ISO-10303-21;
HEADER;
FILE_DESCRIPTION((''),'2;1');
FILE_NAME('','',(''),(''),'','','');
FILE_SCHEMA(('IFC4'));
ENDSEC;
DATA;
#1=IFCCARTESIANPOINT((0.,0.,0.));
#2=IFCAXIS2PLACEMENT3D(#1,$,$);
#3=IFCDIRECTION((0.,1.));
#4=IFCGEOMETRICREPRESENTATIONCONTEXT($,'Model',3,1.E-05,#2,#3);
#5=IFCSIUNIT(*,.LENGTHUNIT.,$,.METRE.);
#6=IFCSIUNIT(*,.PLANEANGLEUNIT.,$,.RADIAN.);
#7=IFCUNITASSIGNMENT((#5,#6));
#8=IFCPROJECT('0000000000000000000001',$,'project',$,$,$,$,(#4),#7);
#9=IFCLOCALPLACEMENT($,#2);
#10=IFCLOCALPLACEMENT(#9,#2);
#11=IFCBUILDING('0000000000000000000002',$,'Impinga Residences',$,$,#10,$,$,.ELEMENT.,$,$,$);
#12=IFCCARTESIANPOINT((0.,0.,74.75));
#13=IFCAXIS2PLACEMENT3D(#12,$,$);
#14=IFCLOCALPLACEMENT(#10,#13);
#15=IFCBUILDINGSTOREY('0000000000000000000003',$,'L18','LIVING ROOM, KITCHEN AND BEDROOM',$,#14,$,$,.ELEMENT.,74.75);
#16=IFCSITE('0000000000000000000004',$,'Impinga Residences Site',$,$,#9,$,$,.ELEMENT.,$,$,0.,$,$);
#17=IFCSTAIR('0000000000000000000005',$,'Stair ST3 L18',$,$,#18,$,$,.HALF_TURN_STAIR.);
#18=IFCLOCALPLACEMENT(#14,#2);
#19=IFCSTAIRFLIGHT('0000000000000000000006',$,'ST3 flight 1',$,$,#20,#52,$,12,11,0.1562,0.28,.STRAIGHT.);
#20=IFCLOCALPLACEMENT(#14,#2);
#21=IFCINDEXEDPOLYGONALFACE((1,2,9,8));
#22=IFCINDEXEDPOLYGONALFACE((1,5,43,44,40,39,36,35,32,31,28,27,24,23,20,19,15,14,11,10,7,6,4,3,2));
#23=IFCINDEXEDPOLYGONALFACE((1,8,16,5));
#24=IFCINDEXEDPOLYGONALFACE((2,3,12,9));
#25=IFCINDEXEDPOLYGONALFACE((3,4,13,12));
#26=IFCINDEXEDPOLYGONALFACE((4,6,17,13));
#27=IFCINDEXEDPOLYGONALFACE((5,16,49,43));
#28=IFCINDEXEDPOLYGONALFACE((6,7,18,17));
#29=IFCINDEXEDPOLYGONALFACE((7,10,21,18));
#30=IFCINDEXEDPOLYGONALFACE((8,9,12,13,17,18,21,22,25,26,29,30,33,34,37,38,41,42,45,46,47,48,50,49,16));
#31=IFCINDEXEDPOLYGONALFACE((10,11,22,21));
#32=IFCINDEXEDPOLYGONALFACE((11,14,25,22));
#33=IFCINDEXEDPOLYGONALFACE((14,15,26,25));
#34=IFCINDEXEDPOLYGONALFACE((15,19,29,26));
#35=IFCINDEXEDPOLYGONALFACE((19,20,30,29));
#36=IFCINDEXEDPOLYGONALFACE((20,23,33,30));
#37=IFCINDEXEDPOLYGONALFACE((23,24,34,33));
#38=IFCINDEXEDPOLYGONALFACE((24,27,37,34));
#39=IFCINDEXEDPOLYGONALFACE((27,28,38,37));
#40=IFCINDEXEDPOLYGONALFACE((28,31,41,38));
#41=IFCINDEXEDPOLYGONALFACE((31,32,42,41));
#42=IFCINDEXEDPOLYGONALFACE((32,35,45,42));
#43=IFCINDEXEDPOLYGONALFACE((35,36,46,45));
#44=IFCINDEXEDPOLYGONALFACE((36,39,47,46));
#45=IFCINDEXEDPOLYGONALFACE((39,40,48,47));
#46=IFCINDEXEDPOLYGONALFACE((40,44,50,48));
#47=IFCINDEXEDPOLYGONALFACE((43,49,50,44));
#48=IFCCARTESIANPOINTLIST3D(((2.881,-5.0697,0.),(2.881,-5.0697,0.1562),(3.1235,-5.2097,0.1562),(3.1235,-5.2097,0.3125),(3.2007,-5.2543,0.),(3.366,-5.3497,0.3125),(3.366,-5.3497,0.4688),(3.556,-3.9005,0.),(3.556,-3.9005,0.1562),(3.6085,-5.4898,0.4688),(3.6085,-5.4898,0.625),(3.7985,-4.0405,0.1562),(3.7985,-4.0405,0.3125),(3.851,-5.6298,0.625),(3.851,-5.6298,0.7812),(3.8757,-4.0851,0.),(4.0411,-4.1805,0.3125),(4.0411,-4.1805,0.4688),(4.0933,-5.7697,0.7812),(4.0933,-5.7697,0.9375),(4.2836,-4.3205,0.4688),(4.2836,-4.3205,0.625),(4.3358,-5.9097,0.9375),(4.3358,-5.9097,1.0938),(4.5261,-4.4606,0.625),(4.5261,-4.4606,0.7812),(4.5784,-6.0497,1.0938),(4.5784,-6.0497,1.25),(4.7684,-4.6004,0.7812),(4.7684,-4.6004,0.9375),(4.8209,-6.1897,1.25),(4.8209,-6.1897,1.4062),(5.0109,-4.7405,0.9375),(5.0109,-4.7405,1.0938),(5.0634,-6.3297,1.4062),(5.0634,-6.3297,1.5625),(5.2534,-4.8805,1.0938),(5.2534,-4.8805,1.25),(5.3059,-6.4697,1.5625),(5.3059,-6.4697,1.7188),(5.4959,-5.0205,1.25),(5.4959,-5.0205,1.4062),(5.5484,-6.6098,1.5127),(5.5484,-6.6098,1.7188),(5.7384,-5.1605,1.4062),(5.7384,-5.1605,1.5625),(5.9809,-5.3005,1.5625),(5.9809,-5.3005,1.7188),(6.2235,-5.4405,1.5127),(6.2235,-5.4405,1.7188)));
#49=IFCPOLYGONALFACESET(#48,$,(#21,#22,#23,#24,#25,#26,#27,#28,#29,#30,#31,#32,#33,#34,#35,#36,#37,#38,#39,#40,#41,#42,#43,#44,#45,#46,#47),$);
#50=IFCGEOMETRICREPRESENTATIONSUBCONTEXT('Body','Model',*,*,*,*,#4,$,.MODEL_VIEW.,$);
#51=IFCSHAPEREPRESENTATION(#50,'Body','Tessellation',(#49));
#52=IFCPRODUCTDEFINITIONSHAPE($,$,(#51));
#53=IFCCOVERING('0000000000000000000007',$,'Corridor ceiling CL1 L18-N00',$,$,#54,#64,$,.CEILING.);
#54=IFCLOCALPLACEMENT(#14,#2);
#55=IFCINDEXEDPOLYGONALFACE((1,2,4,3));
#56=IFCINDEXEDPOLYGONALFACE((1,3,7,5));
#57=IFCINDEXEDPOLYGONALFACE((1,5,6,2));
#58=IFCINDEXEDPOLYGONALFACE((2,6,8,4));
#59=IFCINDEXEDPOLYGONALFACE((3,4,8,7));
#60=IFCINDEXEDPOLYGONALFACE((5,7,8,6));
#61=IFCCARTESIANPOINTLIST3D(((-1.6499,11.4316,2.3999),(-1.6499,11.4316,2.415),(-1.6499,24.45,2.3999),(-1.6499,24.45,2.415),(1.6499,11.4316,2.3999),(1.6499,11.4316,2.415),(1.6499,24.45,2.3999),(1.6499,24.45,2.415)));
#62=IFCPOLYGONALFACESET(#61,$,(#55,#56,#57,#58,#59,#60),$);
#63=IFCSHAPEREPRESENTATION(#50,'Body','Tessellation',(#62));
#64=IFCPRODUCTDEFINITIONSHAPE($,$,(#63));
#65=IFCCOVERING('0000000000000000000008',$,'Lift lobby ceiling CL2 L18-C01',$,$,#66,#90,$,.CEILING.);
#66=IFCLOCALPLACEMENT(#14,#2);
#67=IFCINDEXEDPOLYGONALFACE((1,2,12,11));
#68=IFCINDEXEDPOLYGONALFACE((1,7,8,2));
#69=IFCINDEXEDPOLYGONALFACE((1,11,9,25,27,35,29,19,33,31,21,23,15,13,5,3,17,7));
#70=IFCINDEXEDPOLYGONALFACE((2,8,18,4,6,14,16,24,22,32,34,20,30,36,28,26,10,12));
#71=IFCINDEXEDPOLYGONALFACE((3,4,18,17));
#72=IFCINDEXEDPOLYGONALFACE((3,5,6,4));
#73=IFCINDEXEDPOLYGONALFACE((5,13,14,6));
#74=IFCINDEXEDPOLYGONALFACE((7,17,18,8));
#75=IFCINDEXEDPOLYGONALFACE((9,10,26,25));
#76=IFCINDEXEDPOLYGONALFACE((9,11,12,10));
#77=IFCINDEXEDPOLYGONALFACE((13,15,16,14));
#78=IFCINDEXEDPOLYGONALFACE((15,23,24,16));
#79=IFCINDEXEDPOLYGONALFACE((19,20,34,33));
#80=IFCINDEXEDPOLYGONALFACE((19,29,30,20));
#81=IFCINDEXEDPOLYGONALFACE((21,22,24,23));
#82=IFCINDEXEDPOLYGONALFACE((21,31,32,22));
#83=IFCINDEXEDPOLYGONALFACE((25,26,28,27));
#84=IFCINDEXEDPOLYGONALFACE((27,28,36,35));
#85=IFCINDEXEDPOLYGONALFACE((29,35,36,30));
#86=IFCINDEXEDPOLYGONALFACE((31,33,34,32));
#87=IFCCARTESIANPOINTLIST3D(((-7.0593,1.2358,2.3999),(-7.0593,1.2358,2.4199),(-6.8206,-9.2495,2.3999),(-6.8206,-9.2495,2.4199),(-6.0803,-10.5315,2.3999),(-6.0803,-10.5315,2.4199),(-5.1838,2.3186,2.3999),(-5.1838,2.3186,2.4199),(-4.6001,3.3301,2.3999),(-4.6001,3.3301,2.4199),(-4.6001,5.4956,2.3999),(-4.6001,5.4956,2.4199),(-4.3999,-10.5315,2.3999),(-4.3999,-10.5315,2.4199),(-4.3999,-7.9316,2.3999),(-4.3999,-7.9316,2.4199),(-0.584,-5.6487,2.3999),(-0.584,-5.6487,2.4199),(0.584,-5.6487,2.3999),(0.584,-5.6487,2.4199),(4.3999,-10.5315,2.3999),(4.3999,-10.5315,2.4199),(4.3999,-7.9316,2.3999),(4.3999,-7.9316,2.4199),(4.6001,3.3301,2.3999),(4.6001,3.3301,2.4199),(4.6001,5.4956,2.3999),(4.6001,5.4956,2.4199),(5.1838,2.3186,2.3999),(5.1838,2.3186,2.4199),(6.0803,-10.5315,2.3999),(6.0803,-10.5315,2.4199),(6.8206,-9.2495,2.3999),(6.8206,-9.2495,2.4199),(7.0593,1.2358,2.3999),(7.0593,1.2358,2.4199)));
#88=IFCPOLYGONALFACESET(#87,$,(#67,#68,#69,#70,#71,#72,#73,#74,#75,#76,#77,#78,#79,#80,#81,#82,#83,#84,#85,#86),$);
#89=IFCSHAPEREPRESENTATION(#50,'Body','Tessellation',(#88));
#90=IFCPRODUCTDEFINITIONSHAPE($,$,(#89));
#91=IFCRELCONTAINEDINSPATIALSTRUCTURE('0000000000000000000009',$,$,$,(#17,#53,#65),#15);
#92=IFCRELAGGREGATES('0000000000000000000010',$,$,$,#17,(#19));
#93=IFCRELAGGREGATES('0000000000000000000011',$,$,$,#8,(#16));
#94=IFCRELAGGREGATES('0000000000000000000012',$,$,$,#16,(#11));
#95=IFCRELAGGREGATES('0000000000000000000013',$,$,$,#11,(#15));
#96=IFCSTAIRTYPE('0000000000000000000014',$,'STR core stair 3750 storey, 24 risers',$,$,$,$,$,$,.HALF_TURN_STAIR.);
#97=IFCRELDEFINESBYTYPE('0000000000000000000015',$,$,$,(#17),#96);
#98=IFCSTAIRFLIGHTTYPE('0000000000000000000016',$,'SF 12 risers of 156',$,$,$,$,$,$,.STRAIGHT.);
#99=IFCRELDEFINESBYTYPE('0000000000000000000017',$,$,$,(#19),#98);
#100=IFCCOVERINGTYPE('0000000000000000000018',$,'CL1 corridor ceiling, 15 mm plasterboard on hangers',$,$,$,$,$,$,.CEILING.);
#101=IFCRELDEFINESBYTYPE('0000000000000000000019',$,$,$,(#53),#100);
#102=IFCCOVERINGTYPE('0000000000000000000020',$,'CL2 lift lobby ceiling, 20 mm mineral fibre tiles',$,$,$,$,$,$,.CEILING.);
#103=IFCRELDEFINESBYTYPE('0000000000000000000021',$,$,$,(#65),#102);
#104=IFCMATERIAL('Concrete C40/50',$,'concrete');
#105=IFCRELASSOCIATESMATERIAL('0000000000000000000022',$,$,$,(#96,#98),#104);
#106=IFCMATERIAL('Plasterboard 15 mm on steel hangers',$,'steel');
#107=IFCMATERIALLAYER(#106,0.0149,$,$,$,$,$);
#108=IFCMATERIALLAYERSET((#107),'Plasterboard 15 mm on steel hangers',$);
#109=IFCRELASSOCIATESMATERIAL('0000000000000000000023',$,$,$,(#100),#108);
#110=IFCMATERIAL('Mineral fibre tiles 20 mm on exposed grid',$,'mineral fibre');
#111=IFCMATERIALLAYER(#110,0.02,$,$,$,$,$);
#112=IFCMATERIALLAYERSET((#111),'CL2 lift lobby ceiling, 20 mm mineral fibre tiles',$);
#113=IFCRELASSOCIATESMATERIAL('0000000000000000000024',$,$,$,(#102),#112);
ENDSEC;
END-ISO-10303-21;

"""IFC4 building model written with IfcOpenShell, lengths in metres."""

from ifc_helpers import new_model, si_unit, direction, frame, origin, place, context, subcontext, project, spatial, polyline, outline, extrude, material, layer, layer_set, type_object, element, aggregate, save


model = new_model("IFC4")

# Units and contexts
model_context = context("Model", 3, precision=1e-05, world=origin(), true_north=direction((0.0, 1.0)))
body_context = subcontext(model_context, "Body", "Model", "MODEL_VIEW")
ifc_project = project(units=[si_unit("LENGTHUNIT", "METRE"), si_unit("PLANEANGLEUNIT", "RADIAN")], contexts=[model_context])

# Site, building, storey
site_placement = place(None, origin())
site = spatial("IfcSite", under=ifc_project, at=site_placement, Name="Impinga Residences Site", CompositionType="ELEMENT", RefElevation=0.0)
building_placement = place(site_placement, origin())
building = spatial("IfcBuilding", under=site, at=building_placement, Name="Impinga Residences", CompositionType="ELEMENT")
storey_placement = place(building_placement, frame((0.0, 0.0, 74.75)))
storey = spatial("IfcBuildingStorey", under=building, at=storey_placement, Name="L18", Description="LIVING ROOM, KITCHEN AND BEDROOM", CompositionType="ELEMENT", Elevation=74.75)

# Shared definitions
ifc_material_1 = material(Name="Concrete C40/50", Category="concrete")

# Stair, stair flight
stair_type_1 = type_object("IfcStairType", Name="STR core stair 3750 storey, 24 risers", PredefinedType="HALF_TURN_STAIR", material=ifc_material_1)
stair_1_placement = place(storey_placement, origin())
stair_1 = element("IfcStair", 1, at=stair_1_placement, inside=storey, type_object=stair_type_1, Name="Stair ST3 L18", PredefinedType="HALF_TURN_STAIR")
stair_flight_type = type_object("IfcStairFlightType", Name="SF 12 risers of 156", PredefinedType="STRAIGHT", material=ifc_material_1)
stair_flight_placement = place(storey_placement, frame((3.2185, -4.4851, 0.0), z_axis=(0.0, 0.0, 1.0), x_axis=(0.866025, -0.5, 0.0)))
stair_flight = element("IfcStairFlight", 2, at=stair_flight_placement, type_object=stair_flight_type, Name="ST3 flight 1", NumberOfRisers=12, NumberOfTreads=11, PredefinedType="STRAIGHT", RiserHeight=0.1562, TreadLength=0.28, context=body_context, shape_type="SweptSolid", body=[
    extrude(outline(polyline([(0.0, 0.0), (0.0, 0.1562), (0.28, 0.1562), (0.28, 0.3125), (0.5601, 0.3125), (0.5601, 0.4688), (0.8401, 0.4688), (0.8401, 0.625), (1.1201, 0.625), (1.1201, 0.7812), (1.3999, 0.7812), (1.3999, 0.9375), (1.6799, 0.9375), (1.6799, 1.0938), (1.96, 1.0938), (1.96, 1.25), (2.24, 1.25), (2.24, 1.4062), (2.52, 1.4062), (2.52, 1.5625), (2.8, 1.5625), (2.8, 1.7188), (3.0801, 1.7188), (3.0801, 1.875), (3.0801, 1.5127), (0.3691, 0.0), (0.0, 0.0)])), frame((0.0, 0.675, 0.0), z_axis=(0.0, -1.0, 0.0), x_axis=(1.0, 0.0, 0.0)), (0.0, 0.0, 1.0), 1.3501),
])
aggregate(stair_1, [stair_flight])

# Coverings
ifc_material_2 = material(Name="Plasterboard 15 mm on steel hangers", Category="steel")
ifc_layer_1 = layer(ifc_material_2, 0.0149)
ifc_layer_set_1 = layer_set([ifc_layer_1], Name="Plasterboard 15 mm on steel hangers")
covering_type_1 = type_object("IfcCoveringType", Name="CL1 corridor ceiling, 15 mm plasterboard on hangers", PredefinedType="CEILING", material=ifc_layer_set_1)
covering_1_placement = place(storey_placement, frame((0.0, 0.0, 2.3999)))
element("IfcCovering", 3, at=covering_1_placement, inside=storey, type_object=covering_type_1, Name="Corridor ceiling CL1 L18-N00", PredefinedType="CEILING", context=body_context, shape_type="SweptSolid", body=[
    extrude(outline(polyline([(1.6499, 11.4316), (-1.6499, 11.4316), (-1.6499, 24.45), (1.6499, 24.45), (1.6499, 11.4316)])), origin(), (0.0, 0.0, 1.0), 0.0151),
])
ifc_material_3 = material(Name="Mineral fibre tiles 20 mm on exposed grid", Category="mineral fibre")
ifc_layer_2 = layer(ifc_material_3, 0.02)
ifc_layer_set_2 = layer_set([ifc_layer_2], Name="CL2 lift lobby ceiling, 20 mm mineral fibre tiles")
covering_type_2 = type_object("IfcCoveringType", Name="CL2 lift lobby ceiling, 20 mm mineral fibre tiles", PredefinedType="CEILING", material=ifc_layer_set_2)
covering_2_placement = place(storey_placement, frame((0.0, 0.0, 2.3999)))
element("IfcCovering", 4, at=covering_2_placement, inside=storey, type_object=covering_type_2, Name="Lift lobby ceiling CL2 L18-C01", PredefinedType="CEILING", context=body_context, shape_type="SweptSolid", body=[
    extrude(outline(polyline([(6.0803, -10.5315), (4.3999, -10.5315), (4.3999, -7.9316), (-4.3999, -7.9316), (-4.3999, -10.5315), (-6.0803, -10.5315), (-6.8206, -9.2495), (-0.584, -5.6487), (-5.1838, 2.3186), (-7.0593, 1.2358), (-4.6001, 5.4956), (-4.6001, 3.3301), (4.6001, 3.3301), (4.6001, 5.4956), (7.0593, 1.2358), (5.1838, 2.3186), (0.584, -5.6487), (6.8206, -9.2495), (6.0803, -10.5315)])), origin(), (0.0, 0.0, 1.0), 0.02),
])

save(model, "model.ifc")
